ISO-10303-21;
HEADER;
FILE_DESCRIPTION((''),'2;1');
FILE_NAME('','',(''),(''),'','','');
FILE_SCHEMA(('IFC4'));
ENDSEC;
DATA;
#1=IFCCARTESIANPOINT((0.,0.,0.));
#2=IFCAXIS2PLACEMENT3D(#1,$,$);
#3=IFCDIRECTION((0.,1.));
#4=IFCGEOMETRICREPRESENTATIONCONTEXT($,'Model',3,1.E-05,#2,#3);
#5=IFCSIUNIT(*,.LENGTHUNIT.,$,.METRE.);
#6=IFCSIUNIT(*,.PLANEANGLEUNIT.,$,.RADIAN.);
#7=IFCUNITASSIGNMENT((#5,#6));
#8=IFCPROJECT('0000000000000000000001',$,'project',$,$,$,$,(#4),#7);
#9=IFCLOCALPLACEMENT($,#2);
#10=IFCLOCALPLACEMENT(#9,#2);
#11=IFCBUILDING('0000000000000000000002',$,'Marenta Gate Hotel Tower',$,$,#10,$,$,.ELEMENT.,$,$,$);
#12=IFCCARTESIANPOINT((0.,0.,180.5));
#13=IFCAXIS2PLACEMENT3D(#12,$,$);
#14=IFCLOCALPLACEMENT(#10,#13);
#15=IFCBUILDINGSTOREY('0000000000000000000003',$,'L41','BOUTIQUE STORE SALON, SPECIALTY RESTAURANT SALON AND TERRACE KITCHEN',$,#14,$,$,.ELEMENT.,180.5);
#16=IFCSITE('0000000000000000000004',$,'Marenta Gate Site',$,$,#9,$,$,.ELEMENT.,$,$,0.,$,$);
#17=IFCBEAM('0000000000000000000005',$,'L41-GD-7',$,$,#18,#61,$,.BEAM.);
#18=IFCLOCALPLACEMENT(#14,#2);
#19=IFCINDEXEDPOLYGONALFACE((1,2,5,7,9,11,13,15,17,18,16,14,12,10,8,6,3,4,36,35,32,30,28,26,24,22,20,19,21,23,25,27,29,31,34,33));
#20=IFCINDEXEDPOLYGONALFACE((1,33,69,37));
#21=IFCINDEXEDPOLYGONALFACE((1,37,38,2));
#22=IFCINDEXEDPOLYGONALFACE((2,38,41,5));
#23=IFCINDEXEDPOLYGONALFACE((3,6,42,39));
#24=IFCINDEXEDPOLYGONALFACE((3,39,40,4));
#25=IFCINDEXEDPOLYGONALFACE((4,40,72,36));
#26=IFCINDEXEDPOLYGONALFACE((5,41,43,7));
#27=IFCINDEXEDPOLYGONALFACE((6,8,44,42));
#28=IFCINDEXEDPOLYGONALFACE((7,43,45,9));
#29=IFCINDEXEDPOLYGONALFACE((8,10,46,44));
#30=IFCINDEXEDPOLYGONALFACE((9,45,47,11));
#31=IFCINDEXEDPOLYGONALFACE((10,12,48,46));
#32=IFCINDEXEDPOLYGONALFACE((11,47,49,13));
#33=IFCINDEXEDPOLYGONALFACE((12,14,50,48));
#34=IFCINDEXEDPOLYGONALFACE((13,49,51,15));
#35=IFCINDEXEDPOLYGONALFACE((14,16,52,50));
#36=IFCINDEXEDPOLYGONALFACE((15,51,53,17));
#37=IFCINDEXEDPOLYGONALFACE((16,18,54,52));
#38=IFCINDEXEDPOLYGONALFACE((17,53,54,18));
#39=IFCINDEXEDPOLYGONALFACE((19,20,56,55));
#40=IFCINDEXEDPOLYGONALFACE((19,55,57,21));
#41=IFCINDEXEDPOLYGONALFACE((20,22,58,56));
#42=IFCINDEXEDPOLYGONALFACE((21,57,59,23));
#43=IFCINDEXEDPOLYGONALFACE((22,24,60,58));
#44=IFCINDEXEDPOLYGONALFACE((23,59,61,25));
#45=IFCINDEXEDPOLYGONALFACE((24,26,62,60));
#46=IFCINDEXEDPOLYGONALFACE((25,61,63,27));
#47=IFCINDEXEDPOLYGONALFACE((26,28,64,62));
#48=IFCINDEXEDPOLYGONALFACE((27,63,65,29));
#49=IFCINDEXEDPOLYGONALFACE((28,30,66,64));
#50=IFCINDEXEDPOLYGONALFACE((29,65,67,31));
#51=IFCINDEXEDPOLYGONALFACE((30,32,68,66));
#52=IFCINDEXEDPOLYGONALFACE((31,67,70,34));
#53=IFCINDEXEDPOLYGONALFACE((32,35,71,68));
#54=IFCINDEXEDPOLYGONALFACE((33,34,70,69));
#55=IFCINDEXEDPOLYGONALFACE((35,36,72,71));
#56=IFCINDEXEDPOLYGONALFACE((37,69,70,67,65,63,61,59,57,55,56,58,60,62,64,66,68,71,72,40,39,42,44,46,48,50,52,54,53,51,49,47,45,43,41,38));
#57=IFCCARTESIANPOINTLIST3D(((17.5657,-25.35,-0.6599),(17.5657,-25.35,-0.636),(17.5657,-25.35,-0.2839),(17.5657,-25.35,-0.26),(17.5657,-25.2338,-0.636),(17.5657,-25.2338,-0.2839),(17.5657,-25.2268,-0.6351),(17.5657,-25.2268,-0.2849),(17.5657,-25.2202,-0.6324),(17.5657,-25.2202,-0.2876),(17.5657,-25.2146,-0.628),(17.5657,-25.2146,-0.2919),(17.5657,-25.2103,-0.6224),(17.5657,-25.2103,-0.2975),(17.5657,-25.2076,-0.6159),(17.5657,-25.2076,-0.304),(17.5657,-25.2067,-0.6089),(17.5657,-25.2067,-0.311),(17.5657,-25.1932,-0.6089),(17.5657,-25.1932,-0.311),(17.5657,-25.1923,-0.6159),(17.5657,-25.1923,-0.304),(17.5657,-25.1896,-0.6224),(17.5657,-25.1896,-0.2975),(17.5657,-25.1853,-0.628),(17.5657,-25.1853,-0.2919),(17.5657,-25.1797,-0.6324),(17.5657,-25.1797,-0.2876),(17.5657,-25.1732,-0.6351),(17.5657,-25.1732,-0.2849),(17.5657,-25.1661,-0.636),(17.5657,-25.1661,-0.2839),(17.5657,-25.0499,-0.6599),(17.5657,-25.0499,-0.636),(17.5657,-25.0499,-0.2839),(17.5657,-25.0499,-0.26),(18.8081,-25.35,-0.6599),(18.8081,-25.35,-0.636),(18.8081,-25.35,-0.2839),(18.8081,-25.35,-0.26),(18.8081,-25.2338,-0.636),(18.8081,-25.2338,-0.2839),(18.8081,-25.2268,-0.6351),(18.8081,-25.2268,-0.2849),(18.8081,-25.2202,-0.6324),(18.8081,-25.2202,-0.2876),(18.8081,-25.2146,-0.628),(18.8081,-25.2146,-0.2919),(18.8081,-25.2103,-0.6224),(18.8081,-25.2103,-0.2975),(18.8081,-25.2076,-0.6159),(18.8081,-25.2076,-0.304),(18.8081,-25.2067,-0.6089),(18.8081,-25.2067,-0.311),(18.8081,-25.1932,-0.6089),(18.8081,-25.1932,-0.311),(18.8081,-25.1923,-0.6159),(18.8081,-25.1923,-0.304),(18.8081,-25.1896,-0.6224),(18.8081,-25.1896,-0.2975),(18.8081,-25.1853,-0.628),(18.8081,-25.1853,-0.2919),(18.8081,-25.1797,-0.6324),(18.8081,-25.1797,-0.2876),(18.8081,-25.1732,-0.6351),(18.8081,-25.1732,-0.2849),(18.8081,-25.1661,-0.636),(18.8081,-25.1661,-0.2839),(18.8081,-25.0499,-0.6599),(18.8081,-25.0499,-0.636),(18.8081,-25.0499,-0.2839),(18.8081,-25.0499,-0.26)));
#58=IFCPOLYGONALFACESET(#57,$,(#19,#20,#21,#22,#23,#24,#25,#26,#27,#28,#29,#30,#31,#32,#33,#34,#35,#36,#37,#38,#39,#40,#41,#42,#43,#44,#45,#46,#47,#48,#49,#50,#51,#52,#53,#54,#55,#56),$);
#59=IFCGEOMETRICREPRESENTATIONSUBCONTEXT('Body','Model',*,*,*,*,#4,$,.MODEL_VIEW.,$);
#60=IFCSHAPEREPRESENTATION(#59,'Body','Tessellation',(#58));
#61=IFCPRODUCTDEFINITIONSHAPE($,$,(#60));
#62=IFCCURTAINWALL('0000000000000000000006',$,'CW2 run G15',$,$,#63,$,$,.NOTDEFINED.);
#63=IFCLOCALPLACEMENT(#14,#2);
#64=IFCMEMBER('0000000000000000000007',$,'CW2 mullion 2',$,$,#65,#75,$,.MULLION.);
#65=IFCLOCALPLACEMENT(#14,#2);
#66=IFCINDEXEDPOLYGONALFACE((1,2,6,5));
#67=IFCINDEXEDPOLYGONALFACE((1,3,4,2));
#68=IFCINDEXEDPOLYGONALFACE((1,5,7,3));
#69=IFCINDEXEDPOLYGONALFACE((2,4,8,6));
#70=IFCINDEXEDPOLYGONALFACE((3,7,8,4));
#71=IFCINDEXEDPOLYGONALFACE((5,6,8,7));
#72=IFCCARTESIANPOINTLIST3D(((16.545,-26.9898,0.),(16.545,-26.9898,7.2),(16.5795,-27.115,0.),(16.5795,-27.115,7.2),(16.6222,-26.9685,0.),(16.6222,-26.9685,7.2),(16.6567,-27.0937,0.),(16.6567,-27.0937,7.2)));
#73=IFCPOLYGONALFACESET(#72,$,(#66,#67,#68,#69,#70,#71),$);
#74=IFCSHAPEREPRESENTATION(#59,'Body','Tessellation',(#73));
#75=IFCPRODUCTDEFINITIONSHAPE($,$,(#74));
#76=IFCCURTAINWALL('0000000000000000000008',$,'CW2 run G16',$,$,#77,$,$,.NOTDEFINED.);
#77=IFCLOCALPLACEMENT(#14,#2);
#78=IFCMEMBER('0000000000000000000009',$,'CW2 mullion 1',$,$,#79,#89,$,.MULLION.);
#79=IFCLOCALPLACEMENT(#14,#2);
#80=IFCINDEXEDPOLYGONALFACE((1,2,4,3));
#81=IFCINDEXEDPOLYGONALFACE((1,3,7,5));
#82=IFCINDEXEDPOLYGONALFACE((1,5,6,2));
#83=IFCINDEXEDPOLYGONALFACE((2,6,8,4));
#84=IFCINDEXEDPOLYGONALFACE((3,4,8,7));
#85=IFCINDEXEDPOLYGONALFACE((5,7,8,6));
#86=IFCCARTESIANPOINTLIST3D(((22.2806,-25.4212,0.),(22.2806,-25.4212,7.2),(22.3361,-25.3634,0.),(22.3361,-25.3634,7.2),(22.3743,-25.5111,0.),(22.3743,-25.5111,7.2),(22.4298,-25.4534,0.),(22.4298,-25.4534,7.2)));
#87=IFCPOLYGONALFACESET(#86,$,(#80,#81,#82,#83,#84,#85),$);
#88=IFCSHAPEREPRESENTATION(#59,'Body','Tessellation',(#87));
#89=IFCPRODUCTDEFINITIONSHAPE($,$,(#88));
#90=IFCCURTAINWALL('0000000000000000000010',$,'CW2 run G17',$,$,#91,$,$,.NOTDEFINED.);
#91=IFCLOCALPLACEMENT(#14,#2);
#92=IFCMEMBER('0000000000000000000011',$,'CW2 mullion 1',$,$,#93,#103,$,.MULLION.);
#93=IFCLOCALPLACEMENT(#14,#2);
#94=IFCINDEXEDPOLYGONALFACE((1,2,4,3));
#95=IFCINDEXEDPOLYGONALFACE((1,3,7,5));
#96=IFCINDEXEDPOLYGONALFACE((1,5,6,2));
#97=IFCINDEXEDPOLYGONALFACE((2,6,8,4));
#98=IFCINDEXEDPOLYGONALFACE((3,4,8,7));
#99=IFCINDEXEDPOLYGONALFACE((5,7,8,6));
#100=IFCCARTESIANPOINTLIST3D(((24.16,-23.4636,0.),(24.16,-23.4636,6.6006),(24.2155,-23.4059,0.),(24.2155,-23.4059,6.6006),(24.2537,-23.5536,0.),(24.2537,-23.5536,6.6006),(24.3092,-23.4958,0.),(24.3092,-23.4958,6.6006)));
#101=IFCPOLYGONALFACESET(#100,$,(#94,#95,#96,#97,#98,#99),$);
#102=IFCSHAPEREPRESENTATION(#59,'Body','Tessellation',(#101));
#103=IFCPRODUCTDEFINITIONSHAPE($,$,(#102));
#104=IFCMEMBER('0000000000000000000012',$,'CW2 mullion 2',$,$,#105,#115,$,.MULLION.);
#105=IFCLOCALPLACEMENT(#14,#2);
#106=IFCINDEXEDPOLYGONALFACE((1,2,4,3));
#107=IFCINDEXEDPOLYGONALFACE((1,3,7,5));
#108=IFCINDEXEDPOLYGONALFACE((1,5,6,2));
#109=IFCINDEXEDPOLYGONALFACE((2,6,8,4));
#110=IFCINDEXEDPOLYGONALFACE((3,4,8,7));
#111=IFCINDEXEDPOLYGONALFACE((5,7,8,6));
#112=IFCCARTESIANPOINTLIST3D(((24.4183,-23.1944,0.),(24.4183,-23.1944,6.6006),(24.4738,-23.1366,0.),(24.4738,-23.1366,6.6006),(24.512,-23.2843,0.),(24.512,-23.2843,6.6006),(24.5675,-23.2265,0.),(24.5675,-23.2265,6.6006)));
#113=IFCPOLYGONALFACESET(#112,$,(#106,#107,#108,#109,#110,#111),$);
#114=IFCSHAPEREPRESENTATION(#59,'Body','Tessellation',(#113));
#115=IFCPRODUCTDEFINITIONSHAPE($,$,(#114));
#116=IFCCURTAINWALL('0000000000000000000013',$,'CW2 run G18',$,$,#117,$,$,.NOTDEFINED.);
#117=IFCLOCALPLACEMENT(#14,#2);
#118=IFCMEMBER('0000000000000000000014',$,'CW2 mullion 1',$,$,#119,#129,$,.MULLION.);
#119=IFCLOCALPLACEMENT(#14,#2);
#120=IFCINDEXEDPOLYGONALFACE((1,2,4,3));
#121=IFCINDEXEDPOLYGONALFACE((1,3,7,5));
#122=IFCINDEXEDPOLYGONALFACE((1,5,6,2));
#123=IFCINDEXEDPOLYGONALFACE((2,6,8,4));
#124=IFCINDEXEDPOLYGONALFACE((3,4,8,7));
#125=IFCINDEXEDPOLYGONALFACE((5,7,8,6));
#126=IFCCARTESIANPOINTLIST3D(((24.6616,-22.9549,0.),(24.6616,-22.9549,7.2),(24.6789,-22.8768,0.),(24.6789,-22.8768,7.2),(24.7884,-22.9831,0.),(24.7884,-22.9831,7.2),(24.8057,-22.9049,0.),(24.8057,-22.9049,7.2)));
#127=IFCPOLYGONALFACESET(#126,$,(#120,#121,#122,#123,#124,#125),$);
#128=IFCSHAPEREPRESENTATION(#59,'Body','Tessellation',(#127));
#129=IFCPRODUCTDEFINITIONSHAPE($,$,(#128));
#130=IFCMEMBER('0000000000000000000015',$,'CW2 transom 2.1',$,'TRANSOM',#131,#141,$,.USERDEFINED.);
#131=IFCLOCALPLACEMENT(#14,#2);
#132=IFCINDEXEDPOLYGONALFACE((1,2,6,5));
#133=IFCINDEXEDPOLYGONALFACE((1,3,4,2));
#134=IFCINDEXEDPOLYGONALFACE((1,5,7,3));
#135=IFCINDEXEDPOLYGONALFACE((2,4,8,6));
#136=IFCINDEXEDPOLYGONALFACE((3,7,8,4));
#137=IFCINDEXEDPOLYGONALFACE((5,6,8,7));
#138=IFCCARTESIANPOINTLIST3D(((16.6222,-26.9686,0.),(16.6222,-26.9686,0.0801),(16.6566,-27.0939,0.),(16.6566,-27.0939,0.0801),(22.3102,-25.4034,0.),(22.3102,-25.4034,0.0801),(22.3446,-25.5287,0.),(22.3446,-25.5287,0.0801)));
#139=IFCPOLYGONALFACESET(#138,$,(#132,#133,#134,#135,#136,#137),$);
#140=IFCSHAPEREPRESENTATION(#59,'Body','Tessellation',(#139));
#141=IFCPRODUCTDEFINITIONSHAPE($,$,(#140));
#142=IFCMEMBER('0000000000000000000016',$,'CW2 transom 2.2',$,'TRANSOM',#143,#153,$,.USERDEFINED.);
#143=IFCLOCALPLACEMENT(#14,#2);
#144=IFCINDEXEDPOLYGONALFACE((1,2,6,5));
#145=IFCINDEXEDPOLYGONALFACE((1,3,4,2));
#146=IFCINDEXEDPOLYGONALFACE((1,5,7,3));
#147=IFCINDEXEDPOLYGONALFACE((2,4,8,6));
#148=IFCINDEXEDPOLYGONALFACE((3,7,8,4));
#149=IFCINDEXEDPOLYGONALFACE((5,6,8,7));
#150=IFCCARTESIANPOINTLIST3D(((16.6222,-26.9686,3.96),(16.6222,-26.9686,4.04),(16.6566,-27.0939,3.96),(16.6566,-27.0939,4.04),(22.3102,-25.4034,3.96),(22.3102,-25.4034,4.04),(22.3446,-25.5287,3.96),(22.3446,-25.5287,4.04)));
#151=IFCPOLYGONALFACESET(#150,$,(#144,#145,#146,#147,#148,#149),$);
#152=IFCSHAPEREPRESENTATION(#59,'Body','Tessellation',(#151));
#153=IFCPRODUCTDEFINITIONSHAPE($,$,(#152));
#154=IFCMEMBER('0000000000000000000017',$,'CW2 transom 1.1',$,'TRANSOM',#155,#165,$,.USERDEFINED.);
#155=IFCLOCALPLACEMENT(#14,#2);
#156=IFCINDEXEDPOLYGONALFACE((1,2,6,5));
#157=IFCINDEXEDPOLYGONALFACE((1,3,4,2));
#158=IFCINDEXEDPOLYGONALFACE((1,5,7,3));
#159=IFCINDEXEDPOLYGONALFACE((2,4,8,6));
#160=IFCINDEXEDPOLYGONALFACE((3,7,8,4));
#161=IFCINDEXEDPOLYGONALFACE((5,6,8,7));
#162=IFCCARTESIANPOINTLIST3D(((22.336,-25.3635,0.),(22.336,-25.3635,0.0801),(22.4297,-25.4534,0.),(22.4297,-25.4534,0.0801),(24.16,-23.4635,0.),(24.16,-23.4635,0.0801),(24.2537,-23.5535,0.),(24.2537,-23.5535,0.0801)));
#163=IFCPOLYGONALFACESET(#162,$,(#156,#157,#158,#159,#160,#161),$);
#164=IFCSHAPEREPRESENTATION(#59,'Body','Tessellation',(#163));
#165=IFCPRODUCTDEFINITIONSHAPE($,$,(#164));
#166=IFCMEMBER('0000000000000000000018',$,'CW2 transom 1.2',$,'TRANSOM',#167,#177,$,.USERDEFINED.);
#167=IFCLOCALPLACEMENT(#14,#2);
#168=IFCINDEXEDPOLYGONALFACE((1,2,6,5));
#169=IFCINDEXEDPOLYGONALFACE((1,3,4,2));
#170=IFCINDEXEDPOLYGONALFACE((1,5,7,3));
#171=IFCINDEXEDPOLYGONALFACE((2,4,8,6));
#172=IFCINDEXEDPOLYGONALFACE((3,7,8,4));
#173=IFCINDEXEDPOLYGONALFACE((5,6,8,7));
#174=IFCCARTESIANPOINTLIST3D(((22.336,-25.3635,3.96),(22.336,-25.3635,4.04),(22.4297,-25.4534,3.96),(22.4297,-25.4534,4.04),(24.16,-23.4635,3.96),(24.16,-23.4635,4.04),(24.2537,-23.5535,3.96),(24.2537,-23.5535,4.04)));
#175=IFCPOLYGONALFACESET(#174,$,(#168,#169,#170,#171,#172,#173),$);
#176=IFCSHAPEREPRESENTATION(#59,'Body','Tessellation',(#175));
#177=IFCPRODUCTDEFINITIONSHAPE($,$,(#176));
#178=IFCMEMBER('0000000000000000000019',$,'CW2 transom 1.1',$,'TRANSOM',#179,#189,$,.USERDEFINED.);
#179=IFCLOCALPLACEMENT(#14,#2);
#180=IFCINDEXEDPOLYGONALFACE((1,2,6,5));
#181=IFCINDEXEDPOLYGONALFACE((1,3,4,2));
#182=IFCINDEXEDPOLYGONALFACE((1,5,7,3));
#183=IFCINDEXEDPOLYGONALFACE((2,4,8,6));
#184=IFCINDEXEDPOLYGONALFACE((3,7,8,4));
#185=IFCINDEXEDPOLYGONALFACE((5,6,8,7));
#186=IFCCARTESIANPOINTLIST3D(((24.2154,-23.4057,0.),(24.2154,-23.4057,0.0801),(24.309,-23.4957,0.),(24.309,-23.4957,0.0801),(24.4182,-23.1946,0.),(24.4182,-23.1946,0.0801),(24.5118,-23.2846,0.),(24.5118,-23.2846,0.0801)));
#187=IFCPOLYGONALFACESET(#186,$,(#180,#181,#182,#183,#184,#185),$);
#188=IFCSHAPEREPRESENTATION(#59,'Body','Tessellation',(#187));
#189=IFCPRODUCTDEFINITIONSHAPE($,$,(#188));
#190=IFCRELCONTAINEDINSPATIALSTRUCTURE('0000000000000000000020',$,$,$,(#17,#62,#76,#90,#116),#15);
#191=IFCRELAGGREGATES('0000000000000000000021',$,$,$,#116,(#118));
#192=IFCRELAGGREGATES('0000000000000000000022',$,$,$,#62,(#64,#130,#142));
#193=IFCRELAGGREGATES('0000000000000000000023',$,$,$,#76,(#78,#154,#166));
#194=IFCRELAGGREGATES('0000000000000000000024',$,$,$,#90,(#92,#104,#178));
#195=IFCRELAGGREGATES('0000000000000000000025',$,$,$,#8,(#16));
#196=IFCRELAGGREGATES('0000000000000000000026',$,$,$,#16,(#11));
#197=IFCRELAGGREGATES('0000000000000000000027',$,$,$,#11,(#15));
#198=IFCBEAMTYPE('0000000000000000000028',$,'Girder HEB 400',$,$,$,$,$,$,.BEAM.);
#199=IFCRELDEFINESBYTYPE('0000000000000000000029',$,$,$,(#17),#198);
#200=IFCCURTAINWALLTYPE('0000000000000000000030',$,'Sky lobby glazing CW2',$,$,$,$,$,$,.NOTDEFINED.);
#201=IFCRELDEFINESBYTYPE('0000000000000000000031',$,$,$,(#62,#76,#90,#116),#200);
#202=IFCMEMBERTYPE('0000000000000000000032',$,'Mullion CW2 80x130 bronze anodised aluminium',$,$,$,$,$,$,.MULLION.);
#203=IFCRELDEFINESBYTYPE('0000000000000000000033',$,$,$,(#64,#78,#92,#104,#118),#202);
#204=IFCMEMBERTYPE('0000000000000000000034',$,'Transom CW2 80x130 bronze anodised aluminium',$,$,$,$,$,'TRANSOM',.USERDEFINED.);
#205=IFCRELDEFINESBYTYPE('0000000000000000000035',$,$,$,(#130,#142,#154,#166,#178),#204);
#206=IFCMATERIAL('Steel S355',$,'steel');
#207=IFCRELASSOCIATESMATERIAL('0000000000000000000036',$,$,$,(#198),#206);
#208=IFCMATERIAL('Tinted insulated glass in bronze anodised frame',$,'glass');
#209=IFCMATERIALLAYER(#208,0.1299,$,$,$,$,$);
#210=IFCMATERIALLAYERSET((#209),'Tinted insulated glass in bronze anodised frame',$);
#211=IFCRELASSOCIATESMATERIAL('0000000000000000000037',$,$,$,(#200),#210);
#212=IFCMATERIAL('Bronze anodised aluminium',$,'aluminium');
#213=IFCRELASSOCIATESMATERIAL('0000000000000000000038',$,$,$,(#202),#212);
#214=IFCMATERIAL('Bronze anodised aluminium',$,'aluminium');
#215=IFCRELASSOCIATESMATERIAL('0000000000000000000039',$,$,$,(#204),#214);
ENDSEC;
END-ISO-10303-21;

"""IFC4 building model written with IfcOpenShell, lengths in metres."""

from ifc_helpers import new_model, si_unit, direction, frame, origin, origin_2d, place, context, subcontext, project, spatial, rectangle, i_section, extrude, material, layer, layer_set, material_profile, profile_set, type_object, element, aggregate, save


model = new_model("IFC4")

# Units and contexts
model_context = context("Model", 3, precision=1e-05, world=origin(), true_north=direction((0.0, 1.0)))
body_context = subcontext(model_context, "Body", "Model", "MODEL_VIEW")
ifc_project = project(units=[si_unit("LENGTHUNIT", "METRE"), si_unit("PLANEANGLEUNIT", "RADIAN")], contexts=[model_context])

# Site, building, storey
site_placement = place(None, origin())
site = spatial("IfcSite", under=ifc_project, at=site_placement, Name="Marenta Gate Site", CompositionType="ELEMENT", RefElevation=0.0)
building_placement = place(site_placement, origin())
building = spatial("IfcBuilding", under=site, at=building_placement, Name="Marenta Gate Hotel Tower", CompositionType="ELEMENT")
storey_placement = place(building_placement, frame((0.0, 0.0, 180.5)))
storey = spatial("IfcBuildingStorey", under=building, at=storey_placement, Name="L41", Description="BOUTIQUE STORE SALON, SPECIALTY RESTAURANT SALON AND TERRACE KITCHEN", CompositionType="ELEMENT", Elevation=180.5)

# Beam
ifc_material_1 = material(Name="Steel S355", Category="steel")
ifc_material_profile_1 = material_profile(ifc_material_1, i_section(OverallWidth=0.3, OverallDepth=0.3999, WebThickness=0.0134, FlangeThickness=0.0239, FilletRadius=0.0271, at=origin_2d()), Name="HEB 400")
ifc_profile_set_1 = profile_set([ifc_material_profile_1], Name="Steel S355")
beam_type_1 = type_object("IfcBeamType", Name="Girder HEB 400", PredefinedType="BEAM", material=ifc_profile_set_1)
beam_1_placement = place(storey_placement, frame((17.5657, -25.2, -0.46), z_axis=(1.0, 0.0, 0.0), x_axis=(0.0, 1.0, 0.0)))
element("IfcBeam", 1, at=beam_1_placement, inside=storey, type_object=beam_type_1, Name="L41-GD-7", PredefinedType="BEAM", context=body_context, shape_type="SweptSolid", body=[
    extrude(i_section(OverallWidth=0.3, OverallDepth=0.3999, WebThickness=0.0134, FlangeThickness=0.0239, FilletRadius=0.0271, at=origin_2d()), origin(), (0.0, 0.0, 1.0), 1.2424),
])

# Curtain walls, members
ifc_material_2 = material(Name="Tinted insulated glass in bronze anodised frame", Category="glass")
ifc_layer_1 = layer(ifc_material_2, 0.1299)
ifc_layer_set_1 = layer_set([ifc_layer_1], Name="Tinted insulated glass in bronze anodised frame")
curtain_wall_type = type_object("IfcCurtainWallType", Name="Sky lobby glazing CW2", PredefinedType="NOTDEFINED", material=ifc_layer_set_1)
curtain_wall_1_placement = place(storey_placement, origin())
curtain_wall_1 = element("IfcCurtainWall", 2, at=curtain_wall_1_placement, inside=storey, type_object=curtain_wall_type, Name="CW2 run G15", PredefinedType="NOTDEFINED")
ifc_material_3 = material(Name="Bronze anodised aluminium", Category="aluminium")
ifc_material_profile_2 = material_profile(ifc_material_3, rectangle(XDim=0.1299, YDim=0.0801, at=origin_2d()), Name="Mullion CW2 80x130 bronze anodised aluminium")
ifc_profile_set_2 = profile_set([ifc_material_profile_2], Name="Bronze anodised aluminium")
member_type_1 = type_object("IfcMemberType", Name="Mullion CW2 80x130 bronze anodised aluminium", PredefinedType="MULLION", material=ifc_profile_set_2)
member_1_placement = place(storey_placement, frame((16.6008, -27.0417, 0.0), z_axis=(0.0, 0.0, 1.0), x_axis=(-0.265299, 0.964166, 0.0)))
member_1 = element("IfcMember", 3, at=member_1_placement, type_object=member_type_1, Name="CW2 mullion 2", PredefinedType="MULLION", context=body_context, shape_type="SweptSolid", body=[
    extrude(rectangle(XDim=0.1299, YDim=0.0801, at=origin_2d()), origin(), (0.0, 0.0, 1.0), 7.2),
])
curtain_wall_2_placement = place(storey_placement, origin())
curtain_wall_2 = element("IfcCurtainWall", 4, at=curtain_wall_2_placement, inside=storey, type_object=curtain_wall_type, Name="CW2 run G16", PredefinedType="NOTDEFINED")
member_2_placement = place(storey_placement, frame((22.3552, -25.4373, 0.0), z_axis=(0.0, 0.0, 1.0), x_axis=(-0.72135, 0.692571, 0.0)))
member_2 = element("IfcMember", 5, at=member_2_placement, type_object=member_type_1, Name="CW2 mullion 1", PredefinedType="MULLION", context=body_context, shape_type="SweptSolid", body=[
    extrude(rectangle(XDim=0.1299, YDim=0.0801, at=origin_2d()), origin(), (0.0, 0.0, 1.0), 7.2),
])

# Curtain wall, members
curtain_wall_3_placement = place(storey_placement, origin())
curtain_wall_3 = element("IfcCurtainWall", 6, at=curtain_wall_3_placement, inside=storey, type_object=curtain_wall_type, Name="CW2 run G17", PredefinedType="NOTDEFINED")
member_3_placement = place(storey_placement, frame((24.2346, -23.4797, 0.0), z_axis=(0.0, 0.0, 1.0), x_axis=(-0.721418, 0.6925, 0.0)))
member_3 = element("IfcMember", 7, at=member_3_placement, type_object=member_type_1, Name="CW2 mullion 1", PredefinedType="MULLION", context=body_context, shape_type="SweptSolid", body=[
    extrude(rectangle(XDim=0.1299, YDim=0.0801, at=origin_2d()), origin(), (0.0, 0.0, 1.0), 6.6006),
])
member_4_placement = place(storey_placement, frame((24.4929, -23.2104, 0.0), z_axis=(0.0, 0.0, 1.0), x_axis=(-0.721418, 0.6925, 0.0)))
member_4 = element("IfcMember", 8, at=member_4_placement, type_object=member_type_1, Name="CW2 mullion 2", PredefinedType="MULLION", context=body_context, shape_type="SweptSolid", body=[
    extrude(rectangle(XDim=0.1299, YDim=0.0801, at=origin_2d()), origin(), (0.0, 0.0, 1.0), 6.6006),
])

# Curtain wall, member
curtain_wall_4_placement = place(storey_placement, origin())
curtain_wall_4 = element("IfcCurtainWall", 9, at=curtain_wall_4_placement, inside=storey, type_object=curtain_wall_type, Name="CW2 run G18", PredefinedType="NOTDEFINED")
member_5_placement = place(storey_placement, frame((24.7336, -22.9299, 0.0), z_axis=(0.0, 0.0, 1.0), x_axis=(-0.976207, 0.216842, 0.0)))
member_5 = element("IfcMember", 10, at=member_5_placement, type_object=member_type_1, Name="CW2 mullion 1", PredefinedType="MULLION", context=body_context, shape_type="SweptSolid", body=[
    extrude(rectangle(XDim=0.1299, YDim=0.0801, at=origin_2d()), origin(), (0.0, 0.0, 1.0), 7.2),
])

# Members
ifc_material_4 = material(Name="Bronze anodised aluminium", Category="aluminium")
ifc_material_profile_3 = material_profile(ifc_material_4, rectangle(XDim=0.1299, YDim=0.0801, at=origin_2d()), Name="Transom CW2 80x130 bronze anodised aluminium")
ifc_profile_set_3 = profile_set([ifc_material_profile_3], Name="Bronze anodised aluminium")
member_type_2 = type_object("IfcMemberType", Name="Transom CW2 80x130 bronze anodised aluminium", ElementType="TRANSOM", PredefinedType="USERDEFINED", material=ifc_profile_set_3)
member_6_placement = place(storey_placement, frame((16.6394, -27.0312, 0.04), z_axis=(0.964163, 0.265312, 0.0), x_axis=(-0.265312, 0.964163, 0.0)))
member_6 = element("IfcMember", 11, at=member_6_placement, type_object=member_type_2, Name="CW2 transom 2.1", ObjectType="TRANSOM", PredefinedType="USERDEFINED", context=body_context, shape_type="SweptSolid", body=[
    extrude(rectangle(XDim=0.1299, YDim=0.0801, at=origin_2d()), origin(), (0.0, 0.0, 1.0), 5.8994),
])
member_7_placement = place(storey_placement, frame((16.6394, -27.0312, 4.0), z_axis=(0.964163, 0.265312, 0.0), x_axis=(-0.265312, 0.964163, 0.0)))
member_7 = element("IfcMember", 12, at=member_7_placement, type_object=member_type_2, Name="CW2 transom 2.2", ObjectType="TRANSOM", PredefinedType="USERDEFINED", context=body_context, shape_type="SweptSolid", body=[
    extrude(rectangle(XDim=0.1299, YDim=0.0801, at=origin_2d()), origin(), (0.0, 0.0, 1.0), 5.8994),
])
member_8_placement = place(storey_placement, frame((22.3828, -25.4084, 0.04), z_axis=(0.692545, 0.721374, 0.0), x_axis=(-0.721374, 0.692545, 0.0)))
member_8 = element("IfcMember", 13, at=member_8_placement, type_object=member_type_2, Name="CW2 transom 1.1", ObjectType="TRANSOM", PredefinedType="USERDEFINED", context=body_context, shape_type="SweptSolid", body=[
    extrude(rectangle(XDim=0.1299, YDim=0.0801, at=origin_2d()), origin(), (0.0, 0.0, 1.0), 2.6338),
])
member_9_placement = place(storey_placement, frame((22.3828, -25.4084, 4.0), z_axis=(0.692545, 0.721374, 0.0), x_axis=(-0.721374, 0.692545, 0.0)))
member_9 = element("IfcMember", 14, at=member_9_placement, type_object=member_type_2, Name="CW2 transom 1.2", ObjectType="TRANSOM", PredefinedType="USERDEFINED", context=body_context, shape_type="SweptSolid", body=[
    extrude(rectangle(XDim=0.1299, YDim=0.0801, at=origin_2d()), origin(), (0.0, 0.0, 1.0), 2.6338),
])
member_10_placement = place(storey_placement, frame((24.2622, -23.4507, 0.04), z_axis=(0.692792, 0.721137, 0.0), x_axis=(-0.721137, 0.692792, 0.0)))
member_10 = element("IfcMember", 15, at=member_10_placement, type_object=member_type_2, Name="CW2 transom 1.1", ObjectType="TRANSOM", PredefinedType="USERDEFINED", context=body_context, shape_type="SweptSolid", body=[
    extrude(rectangle(XDim=0.1299, YDim=0.0801, at=origin_2d()), origin(), (0.0, 0.0, 1.0), 0.2927),
])
aggregate(curtain_wall_4, [member_5])

aggregate(curtain_wall_1, [member_1, member_6, member_7])
aggregate(curtain_wall_2, [member_2, member_8, member_9])
aggregate(curtain_wall_3, [member_3, member_4, member_10])

save(model, "model.ifc")
